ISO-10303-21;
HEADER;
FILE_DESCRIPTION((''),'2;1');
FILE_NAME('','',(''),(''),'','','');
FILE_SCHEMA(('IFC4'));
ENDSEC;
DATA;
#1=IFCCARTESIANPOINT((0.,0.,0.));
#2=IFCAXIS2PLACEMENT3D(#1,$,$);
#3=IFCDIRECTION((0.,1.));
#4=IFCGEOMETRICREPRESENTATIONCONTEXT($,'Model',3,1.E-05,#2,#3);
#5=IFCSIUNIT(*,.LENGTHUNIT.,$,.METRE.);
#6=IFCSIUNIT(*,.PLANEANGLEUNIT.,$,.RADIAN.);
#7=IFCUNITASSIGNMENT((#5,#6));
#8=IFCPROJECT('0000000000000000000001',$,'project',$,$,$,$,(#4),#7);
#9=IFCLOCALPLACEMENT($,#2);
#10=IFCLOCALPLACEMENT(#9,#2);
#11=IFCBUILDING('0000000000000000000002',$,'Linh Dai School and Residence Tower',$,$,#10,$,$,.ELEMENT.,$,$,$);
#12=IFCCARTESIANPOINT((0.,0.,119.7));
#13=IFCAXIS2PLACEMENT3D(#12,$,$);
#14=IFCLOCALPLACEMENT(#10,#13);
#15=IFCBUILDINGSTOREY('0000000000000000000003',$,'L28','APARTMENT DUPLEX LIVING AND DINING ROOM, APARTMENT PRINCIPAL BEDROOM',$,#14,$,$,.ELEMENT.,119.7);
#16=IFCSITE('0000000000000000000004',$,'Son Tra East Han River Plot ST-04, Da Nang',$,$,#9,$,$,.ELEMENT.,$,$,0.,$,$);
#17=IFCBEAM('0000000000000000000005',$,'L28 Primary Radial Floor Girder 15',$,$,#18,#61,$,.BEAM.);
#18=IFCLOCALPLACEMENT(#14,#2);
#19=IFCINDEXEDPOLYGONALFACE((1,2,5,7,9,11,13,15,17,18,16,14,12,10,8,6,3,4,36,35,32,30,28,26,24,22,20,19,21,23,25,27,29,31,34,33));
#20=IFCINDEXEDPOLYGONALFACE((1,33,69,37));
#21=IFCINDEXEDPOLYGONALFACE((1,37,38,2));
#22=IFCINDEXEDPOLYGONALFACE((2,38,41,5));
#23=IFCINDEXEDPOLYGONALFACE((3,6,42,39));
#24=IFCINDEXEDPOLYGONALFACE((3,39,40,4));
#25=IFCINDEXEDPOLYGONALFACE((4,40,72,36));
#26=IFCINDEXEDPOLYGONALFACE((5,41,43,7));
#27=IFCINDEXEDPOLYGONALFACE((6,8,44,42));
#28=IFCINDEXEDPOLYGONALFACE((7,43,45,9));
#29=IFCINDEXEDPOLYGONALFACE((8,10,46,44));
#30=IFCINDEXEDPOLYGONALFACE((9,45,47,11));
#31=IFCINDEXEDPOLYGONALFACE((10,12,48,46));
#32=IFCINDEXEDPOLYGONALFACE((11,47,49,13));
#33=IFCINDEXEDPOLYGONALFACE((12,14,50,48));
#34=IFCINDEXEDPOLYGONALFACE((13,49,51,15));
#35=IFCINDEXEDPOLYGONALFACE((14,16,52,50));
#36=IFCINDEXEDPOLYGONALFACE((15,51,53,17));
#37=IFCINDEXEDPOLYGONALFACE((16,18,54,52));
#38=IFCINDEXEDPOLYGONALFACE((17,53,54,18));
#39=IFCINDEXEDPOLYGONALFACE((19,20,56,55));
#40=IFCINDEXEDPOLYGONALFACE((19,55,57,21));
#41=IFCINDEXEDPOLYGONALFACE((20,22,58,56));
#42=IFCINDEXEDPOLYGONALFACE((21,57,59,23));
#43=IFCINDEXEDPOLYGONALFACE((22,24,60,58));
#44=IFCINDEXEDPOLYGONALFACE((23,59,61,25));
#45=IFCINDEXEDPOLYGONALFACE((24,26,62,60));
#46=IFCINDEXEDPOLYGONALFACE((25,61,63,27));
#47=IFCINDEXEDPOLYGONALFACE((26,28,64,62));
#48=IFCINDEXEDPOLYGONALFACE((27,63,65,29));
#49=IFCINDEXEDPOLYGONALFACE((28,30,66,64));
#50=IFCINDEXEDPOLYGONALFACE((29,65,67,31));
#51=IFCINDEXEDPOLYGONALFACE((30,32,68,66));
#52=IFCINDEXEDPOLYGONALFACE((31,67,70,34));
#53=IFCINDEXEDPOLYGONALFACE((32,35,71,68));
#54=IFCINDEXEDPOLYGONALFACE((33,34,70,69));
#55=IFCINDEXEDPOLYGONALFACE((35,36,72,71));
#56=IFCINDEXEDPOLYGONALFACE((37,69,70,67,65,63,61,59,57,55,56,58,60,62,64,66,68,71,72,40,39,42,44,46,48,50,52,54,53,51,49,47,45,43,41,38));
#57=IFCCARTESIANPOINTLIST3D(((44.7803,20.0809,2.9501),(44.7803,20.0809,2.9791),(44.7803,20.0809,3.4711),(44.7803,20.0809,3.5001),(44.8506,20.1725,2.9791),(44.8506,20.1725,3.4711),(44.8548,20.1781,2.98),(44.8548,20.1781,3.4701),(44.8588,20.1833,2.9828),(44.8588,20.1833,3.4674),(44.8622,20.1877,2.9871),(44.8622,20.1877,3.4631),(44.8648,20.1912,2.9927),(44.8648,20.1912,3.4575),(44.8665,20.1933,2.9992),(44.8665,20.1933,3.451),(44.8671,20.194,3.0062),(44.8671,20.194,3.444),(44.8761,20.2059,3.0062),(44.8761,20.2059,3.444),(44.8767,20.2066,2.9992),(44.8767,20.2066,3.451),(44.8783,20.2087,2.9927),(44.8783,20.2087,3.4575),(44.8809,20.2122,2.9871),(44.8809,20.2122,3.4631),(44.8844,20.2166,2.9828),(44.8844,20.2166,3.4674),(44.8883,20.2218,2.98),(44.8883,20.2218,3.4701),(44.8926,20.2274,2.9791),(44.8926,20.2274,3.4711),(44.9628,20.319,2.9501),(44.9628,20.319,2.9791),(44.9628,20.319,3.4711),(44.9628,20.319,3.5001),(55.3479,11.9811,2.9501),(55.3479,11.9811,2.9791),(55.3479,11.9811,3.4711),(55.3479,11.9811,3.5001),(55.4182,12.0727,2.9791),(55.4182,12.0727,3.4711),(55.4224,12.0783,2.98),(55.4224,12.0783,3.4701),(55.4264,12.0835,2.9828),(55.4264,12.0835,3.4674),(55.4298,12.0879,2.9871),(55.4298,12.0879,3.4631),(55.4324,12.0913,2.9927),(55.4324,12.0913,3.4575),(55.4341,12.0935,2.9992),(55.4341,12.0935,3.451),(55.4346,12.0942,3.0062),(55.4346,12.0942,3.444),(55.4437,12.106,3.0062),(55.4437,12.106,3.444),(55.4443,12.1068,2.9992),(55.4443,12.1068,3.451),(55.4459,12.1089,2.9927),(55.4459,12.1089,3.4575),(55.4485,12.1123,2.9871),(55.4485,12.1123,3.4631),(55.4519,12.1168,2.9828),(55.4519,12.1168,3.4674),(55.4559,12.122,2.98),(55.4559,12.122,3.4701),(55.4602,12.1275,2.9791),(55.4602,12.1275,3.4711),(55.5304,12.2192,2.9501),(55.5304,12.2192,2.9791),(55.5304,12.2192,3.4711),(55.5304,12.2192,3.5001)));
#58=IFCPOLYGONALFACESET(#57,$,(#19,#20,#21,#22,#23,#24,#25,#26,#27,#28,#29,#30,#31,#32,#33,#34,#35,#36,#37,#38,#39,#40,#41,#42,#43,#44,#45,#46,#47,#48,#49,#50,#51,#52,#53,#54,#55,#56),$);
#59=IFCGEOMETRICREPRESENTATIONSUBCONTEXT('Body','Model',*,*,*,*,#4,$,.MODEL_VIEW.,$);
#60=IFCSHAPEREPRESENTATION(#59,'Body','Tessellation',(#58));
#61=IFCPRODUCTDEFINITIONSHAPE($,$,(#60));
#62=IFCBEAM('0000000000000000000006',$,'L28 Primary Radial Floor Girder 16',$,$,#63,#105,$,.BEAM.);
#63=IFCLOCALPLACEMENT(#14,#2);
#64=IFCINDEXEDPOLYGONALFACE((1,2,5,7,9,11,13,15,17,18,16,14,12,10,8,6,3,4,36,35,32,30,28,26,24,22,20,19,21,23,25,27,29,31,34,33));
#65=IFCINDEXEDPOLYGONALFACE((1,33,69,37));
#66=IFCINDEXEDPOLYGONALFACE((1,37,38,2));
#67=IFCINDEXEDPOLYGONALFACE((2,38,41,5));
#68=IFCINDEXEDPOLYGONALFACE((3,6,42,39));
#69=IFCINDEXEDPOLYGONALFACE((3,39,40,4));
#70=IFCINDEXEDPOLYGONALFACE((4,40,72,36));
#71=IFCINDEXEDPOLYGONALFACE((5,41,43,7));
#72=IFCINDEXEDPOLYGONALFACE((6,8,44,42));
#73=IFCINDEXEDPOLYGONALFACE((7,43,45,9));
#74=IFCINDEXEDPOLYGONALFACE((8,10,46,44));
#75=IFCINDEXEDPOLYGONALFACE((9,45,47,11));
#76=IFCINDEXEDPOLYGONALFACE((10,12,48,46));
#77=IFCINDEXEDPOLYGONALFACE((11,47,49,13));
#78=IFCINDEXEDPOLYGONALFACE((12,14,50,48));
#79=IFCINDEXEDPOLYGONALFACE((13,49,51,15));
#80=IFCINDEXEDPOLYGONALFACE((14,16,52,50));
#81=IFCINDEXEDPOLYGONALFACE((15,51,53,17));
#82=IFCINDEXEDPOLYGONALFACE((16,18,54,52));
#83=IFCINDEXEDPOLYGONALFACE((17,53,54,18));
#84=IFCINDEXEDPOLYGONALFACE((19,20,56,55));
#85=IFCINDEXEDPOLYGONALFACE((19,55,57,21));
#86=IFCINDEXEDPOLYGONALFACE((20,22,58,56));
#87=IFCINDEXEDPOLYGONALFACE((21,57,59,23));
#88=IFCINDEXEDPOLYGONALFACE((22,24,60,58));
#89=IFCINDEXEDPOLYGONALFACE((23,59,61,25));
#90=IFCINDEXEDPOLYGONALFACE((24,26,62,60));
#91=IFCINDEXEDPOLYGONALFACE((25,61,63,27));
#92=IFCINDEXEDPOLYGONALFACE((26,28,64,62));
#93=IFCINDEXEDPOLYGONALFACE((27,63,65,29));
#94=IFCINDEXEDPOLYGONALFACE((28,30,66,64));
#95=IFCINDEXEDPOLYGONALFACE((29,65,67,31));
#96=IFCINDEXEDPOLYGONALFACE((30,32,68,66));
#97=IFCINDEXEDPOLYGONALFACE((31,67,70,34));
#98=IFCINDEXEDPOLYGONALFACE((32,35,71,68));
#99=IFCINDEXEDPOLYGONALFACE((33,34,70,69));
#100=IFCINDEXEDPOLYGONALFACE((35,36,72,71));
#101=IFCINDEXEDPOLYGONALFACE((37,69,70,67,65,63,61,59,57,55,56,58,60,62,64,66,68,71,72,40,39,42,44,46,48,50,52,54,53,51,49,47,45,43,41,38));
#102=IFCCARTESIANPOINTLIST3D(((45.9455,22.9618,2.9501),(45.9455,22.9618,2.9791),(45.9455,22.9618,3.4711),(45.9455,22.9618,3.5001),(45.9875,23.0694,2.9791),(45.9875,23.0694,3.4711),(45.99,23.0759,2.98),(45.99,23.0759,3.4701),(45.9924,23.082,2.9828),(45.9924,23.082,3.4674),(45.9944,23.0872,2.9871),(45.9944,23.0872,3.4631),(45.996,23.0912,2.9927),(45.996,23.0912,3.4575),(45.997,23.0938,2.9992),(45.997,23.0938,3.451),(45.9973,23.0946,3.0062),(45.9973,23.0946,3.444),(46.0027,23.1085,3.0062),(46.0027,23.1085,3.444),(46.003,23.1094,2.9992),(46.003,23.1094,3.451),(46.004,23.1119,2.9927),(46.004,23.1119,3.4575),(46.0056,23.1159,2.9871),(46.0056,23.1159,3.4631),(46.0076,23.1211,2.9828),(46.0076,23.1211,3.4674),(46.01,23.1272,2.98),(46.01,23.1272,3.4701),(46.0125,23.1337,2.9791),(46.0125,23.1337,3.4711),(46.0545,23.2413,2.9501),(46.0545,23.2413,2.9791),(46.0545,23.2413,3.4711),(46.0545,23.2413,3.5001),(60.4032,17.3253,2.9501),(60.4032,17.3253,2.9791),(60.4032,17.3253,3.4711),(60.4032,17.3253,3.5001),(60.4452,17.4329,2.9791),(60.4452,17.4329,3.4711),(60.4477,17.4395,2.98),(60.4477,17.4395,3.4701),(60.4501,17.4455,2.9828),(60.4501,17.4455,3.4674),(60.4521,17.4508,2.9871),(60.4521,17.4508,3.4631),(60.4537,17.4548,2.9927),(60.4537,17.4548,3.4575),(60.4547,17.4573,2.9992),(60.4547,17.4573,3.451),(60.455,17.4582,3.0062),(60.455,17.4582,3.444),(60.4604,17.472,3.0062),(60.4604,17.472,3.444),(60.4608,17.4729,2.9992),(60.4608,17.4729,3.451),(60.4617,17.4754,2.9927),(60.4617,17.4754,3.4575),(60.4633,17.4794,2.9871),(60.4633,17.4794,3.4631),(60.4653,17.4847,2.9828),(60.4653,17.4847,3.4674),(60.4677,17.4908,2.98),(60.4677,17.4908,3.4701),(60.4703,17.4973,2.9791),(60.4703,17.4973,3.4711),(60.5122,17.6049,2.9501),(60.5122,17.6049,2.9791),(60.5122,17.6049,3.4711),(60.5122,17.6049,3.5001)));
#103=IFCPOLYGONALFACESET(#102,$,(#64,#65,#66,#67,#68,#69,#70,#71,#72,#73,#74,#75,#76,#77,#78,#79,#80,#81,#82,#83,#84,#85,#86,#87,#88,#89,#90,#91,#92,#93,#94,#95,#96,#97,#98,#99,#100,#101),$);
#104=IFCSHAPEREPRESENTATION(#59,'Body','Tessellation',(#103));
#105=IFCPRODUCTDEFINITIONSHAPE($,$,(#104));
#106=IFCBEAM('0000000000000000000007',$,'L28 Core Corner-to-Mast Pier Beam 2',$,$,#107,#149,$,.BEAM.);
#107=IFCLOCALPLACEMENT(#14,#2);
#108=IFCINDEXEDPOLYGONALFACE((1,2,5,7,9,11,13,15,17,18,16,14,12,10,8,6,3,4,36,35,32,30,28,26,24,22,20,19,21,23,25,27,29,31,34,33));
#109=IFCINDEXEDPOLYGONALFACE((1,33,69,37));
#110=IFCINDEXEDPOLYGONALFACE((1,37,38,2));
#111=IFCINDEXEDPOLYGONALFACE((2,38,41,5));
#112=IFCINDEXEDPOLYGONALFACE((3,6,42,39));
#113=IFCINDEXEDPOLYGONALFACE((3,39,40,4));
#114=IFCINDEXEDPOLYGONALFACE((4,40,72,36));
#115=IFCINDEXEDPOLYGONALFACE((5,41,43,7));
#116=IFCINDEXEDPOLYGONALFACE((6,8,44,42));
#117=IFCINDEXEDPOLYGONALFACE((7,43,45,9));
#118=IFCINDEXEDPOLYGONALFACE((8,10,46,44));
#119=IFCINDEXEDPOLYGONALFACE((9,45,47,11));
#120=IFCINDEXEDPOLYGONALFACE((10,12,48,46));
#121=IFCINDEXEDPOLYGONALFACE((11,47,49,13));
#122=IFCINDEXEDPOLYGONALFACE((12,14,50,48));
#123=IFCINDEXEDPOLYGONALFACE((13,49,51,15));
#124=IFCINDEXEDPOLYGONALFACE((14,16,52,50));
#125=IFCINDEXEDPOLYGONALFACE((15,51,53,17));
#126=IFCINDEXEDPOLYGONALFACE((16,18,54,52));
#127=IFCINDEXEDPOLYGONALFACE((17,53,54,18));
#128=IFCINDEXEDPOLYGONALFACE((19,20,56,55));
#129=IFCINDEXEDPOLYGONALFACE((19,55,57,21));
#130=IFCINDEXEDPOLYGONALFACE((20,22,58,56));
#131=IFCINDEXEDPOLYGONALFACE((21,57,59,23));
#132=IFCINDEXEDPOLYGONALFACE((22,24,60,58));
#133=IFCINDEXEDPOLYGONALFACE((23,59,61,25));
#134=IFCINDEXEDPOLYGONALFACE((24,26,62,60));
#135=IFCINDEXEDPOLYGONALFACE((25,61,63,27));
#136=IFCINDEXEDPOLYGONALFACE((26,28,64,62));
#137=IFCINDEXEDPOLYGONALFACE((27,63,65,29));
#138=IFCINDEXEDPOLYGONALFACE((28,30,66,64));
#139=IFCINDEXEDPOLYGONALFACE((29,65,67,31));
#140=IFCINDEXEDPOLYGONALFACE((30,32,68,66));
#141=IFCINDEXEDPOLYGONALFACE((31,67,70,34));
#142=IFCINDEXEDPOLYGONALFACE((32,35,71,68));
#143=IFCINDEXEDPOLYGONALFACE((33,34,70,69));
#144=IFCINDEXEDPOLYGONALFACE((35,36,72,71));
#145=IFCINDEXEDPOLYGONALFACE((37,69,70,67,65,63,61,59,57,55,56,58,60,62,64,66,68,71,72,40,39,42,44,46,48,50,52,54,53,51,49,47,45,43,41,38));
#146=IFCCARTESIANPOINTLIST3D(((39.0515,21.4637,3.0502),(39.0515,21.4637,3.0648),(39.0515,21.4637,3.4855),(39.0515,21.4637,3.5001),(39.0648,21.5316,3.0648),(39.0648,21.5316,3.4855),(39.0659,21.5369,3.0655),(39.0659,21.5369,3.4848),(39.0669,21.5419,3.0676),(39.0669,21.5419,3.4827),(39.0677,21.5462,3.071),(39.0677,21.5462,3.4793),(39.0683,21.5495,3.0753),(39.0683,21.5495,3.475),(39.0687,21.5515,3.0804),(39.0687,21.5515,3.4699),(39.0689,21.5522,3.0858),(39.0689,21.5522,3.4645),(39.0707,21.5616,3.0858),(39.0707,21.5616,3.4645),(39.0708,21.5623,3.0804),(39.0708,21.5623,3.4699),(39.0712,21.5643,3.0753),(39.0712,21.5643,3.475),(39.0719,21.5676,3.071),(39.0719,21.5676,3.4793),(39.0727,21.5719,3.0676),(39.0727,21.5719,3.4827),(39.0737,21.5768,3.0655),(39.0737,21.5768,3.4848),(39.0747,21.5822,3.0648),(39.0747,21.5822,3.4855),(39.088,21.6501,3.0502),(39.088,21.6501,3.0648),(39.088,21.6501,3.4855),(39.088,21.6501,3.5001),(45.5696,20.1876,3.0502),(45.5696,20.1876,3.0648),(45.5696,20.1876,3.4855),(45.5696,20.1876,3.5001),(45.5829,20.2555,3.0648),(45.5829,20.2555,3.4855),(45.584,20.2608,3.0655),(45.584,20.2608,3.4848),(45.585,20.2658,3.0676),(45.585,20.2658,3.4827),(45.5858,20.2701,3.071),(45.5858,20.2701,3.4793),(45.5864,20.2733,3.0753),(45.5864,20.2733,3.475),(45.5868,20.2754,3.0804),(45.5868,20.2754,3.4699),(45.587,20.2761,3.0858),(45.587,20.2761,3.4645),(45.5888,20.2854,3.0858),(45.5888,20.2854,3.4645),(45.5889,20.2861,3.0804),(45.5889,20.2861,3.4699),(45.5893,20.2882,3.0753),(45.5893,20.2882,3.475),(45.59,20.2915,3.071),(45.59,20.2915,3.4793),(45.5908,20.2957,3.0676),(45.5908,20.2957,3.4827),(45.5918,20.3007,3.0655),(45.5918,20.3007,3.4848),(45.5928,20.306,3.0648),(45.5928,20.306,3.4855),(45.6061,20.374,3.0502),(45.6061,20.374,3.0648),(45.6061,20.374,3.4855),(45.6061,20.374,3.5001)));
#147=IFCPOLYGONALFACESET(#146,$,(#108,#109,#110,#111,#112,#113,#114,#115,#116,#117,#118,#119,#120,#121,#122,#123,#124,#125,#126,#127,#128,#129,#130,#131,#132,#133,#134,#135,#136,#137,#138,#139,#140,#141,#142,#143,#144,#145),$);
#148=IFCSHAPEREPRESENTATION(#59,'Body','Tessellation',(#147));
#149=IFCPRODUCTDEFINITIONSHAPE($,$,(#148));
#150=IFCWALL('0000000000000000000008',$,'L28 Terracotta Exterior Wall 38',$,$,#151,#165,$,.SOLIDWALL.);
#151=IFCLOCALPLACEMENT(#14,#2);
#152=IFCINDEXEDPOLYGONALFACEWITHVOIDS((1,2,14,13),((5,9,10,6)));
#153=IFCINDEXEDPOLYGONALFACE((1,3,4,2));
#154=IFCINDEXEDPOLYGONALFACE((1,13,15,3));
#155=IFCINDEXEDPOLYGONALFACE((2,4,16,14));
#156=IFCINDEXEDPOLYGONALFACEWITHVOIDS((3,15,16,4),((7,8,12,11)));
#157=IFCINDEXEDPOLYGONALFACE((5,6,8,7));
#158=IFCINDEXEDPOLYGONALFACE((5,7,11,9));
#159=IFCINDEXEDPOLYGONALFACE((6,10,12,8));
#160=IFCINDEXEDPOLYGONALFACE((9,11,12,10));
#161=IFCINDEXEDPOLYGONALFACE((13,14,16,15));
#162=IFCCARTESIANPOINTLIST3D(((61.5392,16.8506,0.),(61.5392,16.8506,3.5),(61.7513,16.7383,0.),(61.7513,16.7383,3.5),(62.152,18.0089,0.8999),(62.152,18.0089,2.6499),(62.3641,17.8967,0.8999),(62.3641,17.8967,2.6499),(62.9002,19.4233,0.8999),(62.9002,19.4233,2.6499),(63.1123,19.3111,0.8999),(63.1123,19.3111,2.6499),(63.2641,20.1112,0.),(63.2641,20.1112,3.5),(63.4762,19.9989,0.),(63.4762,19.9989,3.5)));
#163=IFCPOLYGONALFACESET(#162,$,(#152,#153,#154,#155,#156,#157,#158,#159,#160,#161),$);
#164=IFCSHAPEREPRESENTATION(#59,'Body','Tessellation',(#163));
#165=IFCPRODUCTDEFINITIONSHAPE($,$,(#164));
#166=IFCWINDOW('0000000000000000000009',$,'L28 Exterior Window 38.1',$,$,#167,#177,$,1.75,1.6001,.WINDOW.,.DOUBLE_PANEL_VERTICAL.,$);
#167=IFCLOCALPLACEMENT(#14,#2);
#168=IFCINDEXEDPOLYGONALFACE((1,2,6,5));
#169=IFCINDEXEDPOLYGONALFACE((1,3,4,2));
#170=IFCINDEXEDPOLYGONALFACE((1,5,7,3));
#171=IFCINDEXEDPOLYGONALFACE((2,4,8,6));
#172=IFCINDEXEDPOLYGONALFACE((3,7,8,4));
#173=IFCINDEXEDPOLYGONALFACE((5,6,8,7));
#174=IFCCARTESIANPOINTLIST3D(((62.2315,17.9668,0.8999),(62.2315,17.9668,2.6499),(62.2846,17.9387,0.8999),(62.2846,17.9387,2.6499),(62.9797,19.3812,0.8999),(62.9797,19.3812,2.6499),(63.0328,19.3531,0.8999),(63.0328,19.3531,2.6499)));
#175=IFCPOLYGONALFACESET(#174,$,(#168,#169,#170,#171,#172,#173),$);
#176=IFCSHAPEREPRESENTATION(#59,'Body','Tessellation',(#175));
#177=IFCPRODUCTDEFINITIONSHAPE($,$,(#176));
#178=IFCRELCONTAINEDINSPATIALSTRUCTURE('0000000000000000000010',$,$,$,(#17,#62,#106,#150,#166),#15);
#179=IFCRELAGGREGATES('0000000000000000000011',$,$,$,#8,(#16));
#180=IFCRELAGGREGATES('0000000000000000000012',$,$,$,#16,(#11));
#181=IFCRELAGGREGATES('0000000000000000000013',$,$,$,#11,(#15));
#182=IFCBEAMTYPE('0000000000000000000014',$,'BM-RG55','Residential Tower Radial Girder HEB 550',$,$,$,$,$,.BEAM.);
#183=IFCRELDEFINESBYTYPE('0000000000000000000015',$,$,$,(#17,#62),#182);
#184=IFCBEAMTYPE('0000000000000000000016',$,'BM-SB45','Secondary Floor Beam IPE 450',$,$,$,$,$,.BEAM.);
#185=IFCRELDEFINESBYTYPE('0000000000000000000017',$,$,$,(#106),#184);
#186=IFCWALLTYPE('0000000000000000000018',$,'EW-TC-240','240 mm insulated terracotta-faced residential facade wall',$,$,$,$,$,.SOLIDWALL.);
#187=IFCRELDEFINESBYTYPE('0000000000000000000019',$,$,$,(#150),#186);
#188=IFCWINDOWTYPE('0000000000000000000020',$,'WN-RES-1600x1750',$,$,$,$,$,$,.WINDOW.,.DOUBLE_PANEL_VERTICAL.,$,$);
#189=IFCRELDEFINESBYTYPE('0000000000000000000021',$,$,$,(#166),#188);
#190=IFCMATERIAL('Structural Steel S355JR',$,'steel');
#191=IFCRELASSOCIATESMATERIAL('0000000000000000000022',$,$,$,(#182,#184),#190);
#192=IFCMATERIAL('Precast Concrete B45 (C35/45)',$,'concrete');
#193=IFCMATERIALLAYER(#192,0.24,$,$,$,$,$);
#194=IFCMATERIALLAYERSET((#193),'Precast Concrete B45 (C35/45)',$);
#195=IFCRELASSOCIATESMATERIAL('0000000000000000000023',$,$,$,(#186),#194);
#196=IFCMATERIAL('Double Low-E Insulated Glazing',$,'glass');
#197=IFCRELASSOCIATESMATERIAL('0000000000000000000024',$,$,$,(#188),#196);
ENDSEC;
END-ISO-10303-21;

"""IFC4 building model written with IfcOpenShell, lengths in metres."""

from ifc_helpers import new_model, si_unit, direction, frame, frame_2d, origin, origin_2d, place, context, subcontext, project, spatial, rectangle, i_section, extrude, source, transform, mapped, material, layer, layer_set, material_profile, profile_set, type_object, element, fill, save


model = new_model("IFC4")

# Units and contexts
model_context = context("Model", 3, precision=1e-05, world=origin(), true_north=direction((0.0, 1.0)))
body_context = subcontext(model_context, "Body", "Model", "MODEL_VIEW")
ifc_project = project(units=[si_unit("LENGTHUNIT", "METRE"), si_unit("PLANEANGLEUNIT", "RADIAN")], contexts=[model_context])

# Site, building, storey
site_placement = place(None, origin())
site = spatial("IfcSite", under=ifc_project, at=site_placement, Name="Son Tra East Han River Plot ST-04, Da Nang", CompositionType="ELEMENT", RefElevation=0.0)
building_placement = place(site_placement, origin())
building = spatial("IfcBuilding", under=site, at=building_placement, Name="Linh Dai School and Residence Tower", CompositionType="ELEMENT")
storey_placement = place(building_placement, frame((0.0, 0.0, 119.7)))
storey = spatial("IfcBuildingStorey", under=building, at=storey_placement, Name="L28", Description="APARTMENT DUPLEX LIVING AND DINING ROOM, APARTMENT PRINCIPAL BEDROOM", CompositionType="ELEMENT", Elevation=119.7)

# Shared definitions
ifc_material_1 = material(Name="Structural Steel S355JR", Category="steel")

# Beams
ifc_material_profile_1 = material_profile(ifc_material_1, i_section(OverallWidth=0.3, OverallDepth=0.55, WebThickness=0.0149, FlangeThickness=0.0291, FilletRadius=0.0271, at=origin_2d()), Name="HEB 550")
ifc_profile_set_1 = profile_set([ifc_material_profile_1], Name="Structural Steel S355JR")
beam_type_1 = type_object("IfcBeamType", Name="BM-RG55", Description="Residential Tower Radial Girder HEB 550", PredefinedType="BEAM", material=ifc_profile_set_1)
beam_1_placement = place(storey_placement, frame((44.8716, 20.2, 3.2251), z_axis=(0.793679, -0.608337, 0.0), x_axis=(0.608337, 0.793679, 0.0)))
element("IfcBeam", 1, at=beam_1_placement, inside=storey, type_object=beam_type_1, Name="L28 Primary Radial Floor Girder 15", PredefinedType="BEAM", context=body_context, shape_type="SweptSolid", body=[
    extrude(i_section(OverallWidth=0.3, OverallDepth=0.55, WebThickness=0.0149, FlangeThickness=0.0291, FilletRadius=0.0271, at=origin_2d()), origin(), (0.0, 0.0, 1.0), 13.3147),
])
beam_2_placement = place(storey_placement, frame((46.0, 23.1016, 3.2251), z_axis=(0.931699, -0.36323, 0.0), x_axis=(0.36323, 0.931699, 0.0)))
element("IfcBeam", 2, at=beam_2_placement, inside=storey, type_object=beam_type_1, Name="L28 Primary Radial Floor Girder 16", PredefinedType="BEAM", context=body_context, shape_type="SweptSolid", body=[
    extrude(i_section(OverallWidth=0.3, OverallDepth=0.55, WebThickness=0.0149, FlangeThickness=0.0291, FilletRadius=0.0271, at=origin_2d()), origin(), (0.0, 0.0, 1.0), 15.5176),
])
ifc_material_profile_2 = material_profile(ifc_material_1, i_section(OverallWidth=0.1899, OverallDepth=0.45, WebThickness=0.0095, FlangeThickness=0.0146, FilletRadius=0.021, at=origin_2d()), Name="IPE 450")
ifc_profile_set_2 = profile_set([ifc_material_profile_2], Name="Structural Steel S355JR")
beam_type_2 = type_object("IfcBeamType", Name="BM-SB45", Description="Secondary Floor Beam IPE 450", PredefinedType="BEAM", material=ifc_profile_set_2)
beam_3_placement = place(storey_placement, frame((45.5879, 20.2808, 3.2751), z_axis=(-0.981369, 0.192135, 0.0), x_axis=(-0.192135, -0.981369, 0.0)))
element("IfcBeam", 3, at=beam_3_placement, inside=storey, type_object=beam_type_2, Name="L28 Core Corner-to-Mast Pier Beam 2", PredefinedType="BEAM", context=body_context, shape_type="SweptSolid", body=[
    extrude(i_section(OverallWidth=0.1899, OverallDepth=0.45, WebThickness=0.0095, FlangeThickness=0.0146, FilletRadius=0.021, at=origin_2d()), origin(), (0.0, 0.0, 1.0), 6.6418),
])

# Wall, opening, window
ifc_material_2 = material(Name="Precast Concrete B45 (C35/45)", Category="concrete")
ifc_layer_1 = layer(ifc_material_2, 0.24)
ifc_layer_set_1 = layer_set([ifc_layer_1], Name="Precast Concrete B45 (C35/45)")
wall_type_1 = type_object("IfcWallType", Name="EW-TC-240", Description="240 mm insulated terracotta-faced residential facade wall", PredefinedType="SOLIDWALL", material=ifc_layer_set_1)
wall_1_placement = place(storey_placement, frame((63.3701, 20.0549, 0.0), z_axis=(0.0, 0.0, 1.0), x_axis=(-0.467614, -0.883933, 0.0)))
wall_1 = element("IfcWall", 4, at=wall_1_placement, inside=storey, type_object=wall_type_1, Name="L28 Terracotta Exterior Wall 38", PredefinedType="SOLIDWALL", context=body_context, shape_type="SweptSolid", body=[
    extrude(rectangle(XDim=3.6887, YDim=0.24, at=frame_2d((1.8442, 0.0))), origin(), (0.0, 0.0, 1.0), 3.5),
])
opening_1_placement = place(wall_1_placement, frame((0.7781, 0.0, 0.8999)))
opening_1 = element("IfcOpeningElement", 5, at=opening_1_placement, cuts=wall_1, PredefinedType="OPENING", context=body_context, shape_type="SweptSolid", body=[
    extrude(rectangle(XDim=1.6001, YDim=1.75, at=origin_2d()), frame((0.8, 0.1299, 0.875), z_axis=(0.0, -1.0, 0.0), x_axis=(1.0, 0.0, 0.0)), (0.0, 0.0, 1.0), 0.26),
])
ifc_material_3 = material(Name="Double Low-E Insulated Glazing", Category="glass")
window_type = type_object("IfcWindowType", Name="WN-RES-1600x1750", PartitioningType="DOUBLE_PANEL_VERTICAL", PredefinedType="WINDOW", material=ifc_material_3)
shared_shape_1 = source(origin(), body_context, "Body", "SweptSolid", [
    extrude(rectangle(XDim=1.6001, YDim=1.75, at=origin_2d()), frame((0.8, 0.03, 0.875), z_axis=(0.0, -1.0, 0.0), x_axis=(1.0, 0.0, 0.0)), (0.0, 0.0, 1.0), 0.0601),
])
window_placement = place(opening_1_placement, origin())
window = element("IfcWindow", 6, at=window_placement, inside=storey, type_object=window_type, Name="L28 Exterior Window 38.1", OverallHeight=1.75, OverallWidth=1.6001, PartitioningType="DOUBLE_PANEL_VERTICAL", PredefinedType="WINDOW", context=body_context, shape_type="MappedRepresentation", body=[
    mapped(shared_shape_1, transform((0.0, 0.0, 0.0), x_axis=(1.0, 0.0, 0.0), y_axis=(0.0, 1.0, 0.0), z_axis=(0.0, 0.0, 1.0), scale=1.0)),
])
fill(opening_1, window)

save(model, "model.ifc")
